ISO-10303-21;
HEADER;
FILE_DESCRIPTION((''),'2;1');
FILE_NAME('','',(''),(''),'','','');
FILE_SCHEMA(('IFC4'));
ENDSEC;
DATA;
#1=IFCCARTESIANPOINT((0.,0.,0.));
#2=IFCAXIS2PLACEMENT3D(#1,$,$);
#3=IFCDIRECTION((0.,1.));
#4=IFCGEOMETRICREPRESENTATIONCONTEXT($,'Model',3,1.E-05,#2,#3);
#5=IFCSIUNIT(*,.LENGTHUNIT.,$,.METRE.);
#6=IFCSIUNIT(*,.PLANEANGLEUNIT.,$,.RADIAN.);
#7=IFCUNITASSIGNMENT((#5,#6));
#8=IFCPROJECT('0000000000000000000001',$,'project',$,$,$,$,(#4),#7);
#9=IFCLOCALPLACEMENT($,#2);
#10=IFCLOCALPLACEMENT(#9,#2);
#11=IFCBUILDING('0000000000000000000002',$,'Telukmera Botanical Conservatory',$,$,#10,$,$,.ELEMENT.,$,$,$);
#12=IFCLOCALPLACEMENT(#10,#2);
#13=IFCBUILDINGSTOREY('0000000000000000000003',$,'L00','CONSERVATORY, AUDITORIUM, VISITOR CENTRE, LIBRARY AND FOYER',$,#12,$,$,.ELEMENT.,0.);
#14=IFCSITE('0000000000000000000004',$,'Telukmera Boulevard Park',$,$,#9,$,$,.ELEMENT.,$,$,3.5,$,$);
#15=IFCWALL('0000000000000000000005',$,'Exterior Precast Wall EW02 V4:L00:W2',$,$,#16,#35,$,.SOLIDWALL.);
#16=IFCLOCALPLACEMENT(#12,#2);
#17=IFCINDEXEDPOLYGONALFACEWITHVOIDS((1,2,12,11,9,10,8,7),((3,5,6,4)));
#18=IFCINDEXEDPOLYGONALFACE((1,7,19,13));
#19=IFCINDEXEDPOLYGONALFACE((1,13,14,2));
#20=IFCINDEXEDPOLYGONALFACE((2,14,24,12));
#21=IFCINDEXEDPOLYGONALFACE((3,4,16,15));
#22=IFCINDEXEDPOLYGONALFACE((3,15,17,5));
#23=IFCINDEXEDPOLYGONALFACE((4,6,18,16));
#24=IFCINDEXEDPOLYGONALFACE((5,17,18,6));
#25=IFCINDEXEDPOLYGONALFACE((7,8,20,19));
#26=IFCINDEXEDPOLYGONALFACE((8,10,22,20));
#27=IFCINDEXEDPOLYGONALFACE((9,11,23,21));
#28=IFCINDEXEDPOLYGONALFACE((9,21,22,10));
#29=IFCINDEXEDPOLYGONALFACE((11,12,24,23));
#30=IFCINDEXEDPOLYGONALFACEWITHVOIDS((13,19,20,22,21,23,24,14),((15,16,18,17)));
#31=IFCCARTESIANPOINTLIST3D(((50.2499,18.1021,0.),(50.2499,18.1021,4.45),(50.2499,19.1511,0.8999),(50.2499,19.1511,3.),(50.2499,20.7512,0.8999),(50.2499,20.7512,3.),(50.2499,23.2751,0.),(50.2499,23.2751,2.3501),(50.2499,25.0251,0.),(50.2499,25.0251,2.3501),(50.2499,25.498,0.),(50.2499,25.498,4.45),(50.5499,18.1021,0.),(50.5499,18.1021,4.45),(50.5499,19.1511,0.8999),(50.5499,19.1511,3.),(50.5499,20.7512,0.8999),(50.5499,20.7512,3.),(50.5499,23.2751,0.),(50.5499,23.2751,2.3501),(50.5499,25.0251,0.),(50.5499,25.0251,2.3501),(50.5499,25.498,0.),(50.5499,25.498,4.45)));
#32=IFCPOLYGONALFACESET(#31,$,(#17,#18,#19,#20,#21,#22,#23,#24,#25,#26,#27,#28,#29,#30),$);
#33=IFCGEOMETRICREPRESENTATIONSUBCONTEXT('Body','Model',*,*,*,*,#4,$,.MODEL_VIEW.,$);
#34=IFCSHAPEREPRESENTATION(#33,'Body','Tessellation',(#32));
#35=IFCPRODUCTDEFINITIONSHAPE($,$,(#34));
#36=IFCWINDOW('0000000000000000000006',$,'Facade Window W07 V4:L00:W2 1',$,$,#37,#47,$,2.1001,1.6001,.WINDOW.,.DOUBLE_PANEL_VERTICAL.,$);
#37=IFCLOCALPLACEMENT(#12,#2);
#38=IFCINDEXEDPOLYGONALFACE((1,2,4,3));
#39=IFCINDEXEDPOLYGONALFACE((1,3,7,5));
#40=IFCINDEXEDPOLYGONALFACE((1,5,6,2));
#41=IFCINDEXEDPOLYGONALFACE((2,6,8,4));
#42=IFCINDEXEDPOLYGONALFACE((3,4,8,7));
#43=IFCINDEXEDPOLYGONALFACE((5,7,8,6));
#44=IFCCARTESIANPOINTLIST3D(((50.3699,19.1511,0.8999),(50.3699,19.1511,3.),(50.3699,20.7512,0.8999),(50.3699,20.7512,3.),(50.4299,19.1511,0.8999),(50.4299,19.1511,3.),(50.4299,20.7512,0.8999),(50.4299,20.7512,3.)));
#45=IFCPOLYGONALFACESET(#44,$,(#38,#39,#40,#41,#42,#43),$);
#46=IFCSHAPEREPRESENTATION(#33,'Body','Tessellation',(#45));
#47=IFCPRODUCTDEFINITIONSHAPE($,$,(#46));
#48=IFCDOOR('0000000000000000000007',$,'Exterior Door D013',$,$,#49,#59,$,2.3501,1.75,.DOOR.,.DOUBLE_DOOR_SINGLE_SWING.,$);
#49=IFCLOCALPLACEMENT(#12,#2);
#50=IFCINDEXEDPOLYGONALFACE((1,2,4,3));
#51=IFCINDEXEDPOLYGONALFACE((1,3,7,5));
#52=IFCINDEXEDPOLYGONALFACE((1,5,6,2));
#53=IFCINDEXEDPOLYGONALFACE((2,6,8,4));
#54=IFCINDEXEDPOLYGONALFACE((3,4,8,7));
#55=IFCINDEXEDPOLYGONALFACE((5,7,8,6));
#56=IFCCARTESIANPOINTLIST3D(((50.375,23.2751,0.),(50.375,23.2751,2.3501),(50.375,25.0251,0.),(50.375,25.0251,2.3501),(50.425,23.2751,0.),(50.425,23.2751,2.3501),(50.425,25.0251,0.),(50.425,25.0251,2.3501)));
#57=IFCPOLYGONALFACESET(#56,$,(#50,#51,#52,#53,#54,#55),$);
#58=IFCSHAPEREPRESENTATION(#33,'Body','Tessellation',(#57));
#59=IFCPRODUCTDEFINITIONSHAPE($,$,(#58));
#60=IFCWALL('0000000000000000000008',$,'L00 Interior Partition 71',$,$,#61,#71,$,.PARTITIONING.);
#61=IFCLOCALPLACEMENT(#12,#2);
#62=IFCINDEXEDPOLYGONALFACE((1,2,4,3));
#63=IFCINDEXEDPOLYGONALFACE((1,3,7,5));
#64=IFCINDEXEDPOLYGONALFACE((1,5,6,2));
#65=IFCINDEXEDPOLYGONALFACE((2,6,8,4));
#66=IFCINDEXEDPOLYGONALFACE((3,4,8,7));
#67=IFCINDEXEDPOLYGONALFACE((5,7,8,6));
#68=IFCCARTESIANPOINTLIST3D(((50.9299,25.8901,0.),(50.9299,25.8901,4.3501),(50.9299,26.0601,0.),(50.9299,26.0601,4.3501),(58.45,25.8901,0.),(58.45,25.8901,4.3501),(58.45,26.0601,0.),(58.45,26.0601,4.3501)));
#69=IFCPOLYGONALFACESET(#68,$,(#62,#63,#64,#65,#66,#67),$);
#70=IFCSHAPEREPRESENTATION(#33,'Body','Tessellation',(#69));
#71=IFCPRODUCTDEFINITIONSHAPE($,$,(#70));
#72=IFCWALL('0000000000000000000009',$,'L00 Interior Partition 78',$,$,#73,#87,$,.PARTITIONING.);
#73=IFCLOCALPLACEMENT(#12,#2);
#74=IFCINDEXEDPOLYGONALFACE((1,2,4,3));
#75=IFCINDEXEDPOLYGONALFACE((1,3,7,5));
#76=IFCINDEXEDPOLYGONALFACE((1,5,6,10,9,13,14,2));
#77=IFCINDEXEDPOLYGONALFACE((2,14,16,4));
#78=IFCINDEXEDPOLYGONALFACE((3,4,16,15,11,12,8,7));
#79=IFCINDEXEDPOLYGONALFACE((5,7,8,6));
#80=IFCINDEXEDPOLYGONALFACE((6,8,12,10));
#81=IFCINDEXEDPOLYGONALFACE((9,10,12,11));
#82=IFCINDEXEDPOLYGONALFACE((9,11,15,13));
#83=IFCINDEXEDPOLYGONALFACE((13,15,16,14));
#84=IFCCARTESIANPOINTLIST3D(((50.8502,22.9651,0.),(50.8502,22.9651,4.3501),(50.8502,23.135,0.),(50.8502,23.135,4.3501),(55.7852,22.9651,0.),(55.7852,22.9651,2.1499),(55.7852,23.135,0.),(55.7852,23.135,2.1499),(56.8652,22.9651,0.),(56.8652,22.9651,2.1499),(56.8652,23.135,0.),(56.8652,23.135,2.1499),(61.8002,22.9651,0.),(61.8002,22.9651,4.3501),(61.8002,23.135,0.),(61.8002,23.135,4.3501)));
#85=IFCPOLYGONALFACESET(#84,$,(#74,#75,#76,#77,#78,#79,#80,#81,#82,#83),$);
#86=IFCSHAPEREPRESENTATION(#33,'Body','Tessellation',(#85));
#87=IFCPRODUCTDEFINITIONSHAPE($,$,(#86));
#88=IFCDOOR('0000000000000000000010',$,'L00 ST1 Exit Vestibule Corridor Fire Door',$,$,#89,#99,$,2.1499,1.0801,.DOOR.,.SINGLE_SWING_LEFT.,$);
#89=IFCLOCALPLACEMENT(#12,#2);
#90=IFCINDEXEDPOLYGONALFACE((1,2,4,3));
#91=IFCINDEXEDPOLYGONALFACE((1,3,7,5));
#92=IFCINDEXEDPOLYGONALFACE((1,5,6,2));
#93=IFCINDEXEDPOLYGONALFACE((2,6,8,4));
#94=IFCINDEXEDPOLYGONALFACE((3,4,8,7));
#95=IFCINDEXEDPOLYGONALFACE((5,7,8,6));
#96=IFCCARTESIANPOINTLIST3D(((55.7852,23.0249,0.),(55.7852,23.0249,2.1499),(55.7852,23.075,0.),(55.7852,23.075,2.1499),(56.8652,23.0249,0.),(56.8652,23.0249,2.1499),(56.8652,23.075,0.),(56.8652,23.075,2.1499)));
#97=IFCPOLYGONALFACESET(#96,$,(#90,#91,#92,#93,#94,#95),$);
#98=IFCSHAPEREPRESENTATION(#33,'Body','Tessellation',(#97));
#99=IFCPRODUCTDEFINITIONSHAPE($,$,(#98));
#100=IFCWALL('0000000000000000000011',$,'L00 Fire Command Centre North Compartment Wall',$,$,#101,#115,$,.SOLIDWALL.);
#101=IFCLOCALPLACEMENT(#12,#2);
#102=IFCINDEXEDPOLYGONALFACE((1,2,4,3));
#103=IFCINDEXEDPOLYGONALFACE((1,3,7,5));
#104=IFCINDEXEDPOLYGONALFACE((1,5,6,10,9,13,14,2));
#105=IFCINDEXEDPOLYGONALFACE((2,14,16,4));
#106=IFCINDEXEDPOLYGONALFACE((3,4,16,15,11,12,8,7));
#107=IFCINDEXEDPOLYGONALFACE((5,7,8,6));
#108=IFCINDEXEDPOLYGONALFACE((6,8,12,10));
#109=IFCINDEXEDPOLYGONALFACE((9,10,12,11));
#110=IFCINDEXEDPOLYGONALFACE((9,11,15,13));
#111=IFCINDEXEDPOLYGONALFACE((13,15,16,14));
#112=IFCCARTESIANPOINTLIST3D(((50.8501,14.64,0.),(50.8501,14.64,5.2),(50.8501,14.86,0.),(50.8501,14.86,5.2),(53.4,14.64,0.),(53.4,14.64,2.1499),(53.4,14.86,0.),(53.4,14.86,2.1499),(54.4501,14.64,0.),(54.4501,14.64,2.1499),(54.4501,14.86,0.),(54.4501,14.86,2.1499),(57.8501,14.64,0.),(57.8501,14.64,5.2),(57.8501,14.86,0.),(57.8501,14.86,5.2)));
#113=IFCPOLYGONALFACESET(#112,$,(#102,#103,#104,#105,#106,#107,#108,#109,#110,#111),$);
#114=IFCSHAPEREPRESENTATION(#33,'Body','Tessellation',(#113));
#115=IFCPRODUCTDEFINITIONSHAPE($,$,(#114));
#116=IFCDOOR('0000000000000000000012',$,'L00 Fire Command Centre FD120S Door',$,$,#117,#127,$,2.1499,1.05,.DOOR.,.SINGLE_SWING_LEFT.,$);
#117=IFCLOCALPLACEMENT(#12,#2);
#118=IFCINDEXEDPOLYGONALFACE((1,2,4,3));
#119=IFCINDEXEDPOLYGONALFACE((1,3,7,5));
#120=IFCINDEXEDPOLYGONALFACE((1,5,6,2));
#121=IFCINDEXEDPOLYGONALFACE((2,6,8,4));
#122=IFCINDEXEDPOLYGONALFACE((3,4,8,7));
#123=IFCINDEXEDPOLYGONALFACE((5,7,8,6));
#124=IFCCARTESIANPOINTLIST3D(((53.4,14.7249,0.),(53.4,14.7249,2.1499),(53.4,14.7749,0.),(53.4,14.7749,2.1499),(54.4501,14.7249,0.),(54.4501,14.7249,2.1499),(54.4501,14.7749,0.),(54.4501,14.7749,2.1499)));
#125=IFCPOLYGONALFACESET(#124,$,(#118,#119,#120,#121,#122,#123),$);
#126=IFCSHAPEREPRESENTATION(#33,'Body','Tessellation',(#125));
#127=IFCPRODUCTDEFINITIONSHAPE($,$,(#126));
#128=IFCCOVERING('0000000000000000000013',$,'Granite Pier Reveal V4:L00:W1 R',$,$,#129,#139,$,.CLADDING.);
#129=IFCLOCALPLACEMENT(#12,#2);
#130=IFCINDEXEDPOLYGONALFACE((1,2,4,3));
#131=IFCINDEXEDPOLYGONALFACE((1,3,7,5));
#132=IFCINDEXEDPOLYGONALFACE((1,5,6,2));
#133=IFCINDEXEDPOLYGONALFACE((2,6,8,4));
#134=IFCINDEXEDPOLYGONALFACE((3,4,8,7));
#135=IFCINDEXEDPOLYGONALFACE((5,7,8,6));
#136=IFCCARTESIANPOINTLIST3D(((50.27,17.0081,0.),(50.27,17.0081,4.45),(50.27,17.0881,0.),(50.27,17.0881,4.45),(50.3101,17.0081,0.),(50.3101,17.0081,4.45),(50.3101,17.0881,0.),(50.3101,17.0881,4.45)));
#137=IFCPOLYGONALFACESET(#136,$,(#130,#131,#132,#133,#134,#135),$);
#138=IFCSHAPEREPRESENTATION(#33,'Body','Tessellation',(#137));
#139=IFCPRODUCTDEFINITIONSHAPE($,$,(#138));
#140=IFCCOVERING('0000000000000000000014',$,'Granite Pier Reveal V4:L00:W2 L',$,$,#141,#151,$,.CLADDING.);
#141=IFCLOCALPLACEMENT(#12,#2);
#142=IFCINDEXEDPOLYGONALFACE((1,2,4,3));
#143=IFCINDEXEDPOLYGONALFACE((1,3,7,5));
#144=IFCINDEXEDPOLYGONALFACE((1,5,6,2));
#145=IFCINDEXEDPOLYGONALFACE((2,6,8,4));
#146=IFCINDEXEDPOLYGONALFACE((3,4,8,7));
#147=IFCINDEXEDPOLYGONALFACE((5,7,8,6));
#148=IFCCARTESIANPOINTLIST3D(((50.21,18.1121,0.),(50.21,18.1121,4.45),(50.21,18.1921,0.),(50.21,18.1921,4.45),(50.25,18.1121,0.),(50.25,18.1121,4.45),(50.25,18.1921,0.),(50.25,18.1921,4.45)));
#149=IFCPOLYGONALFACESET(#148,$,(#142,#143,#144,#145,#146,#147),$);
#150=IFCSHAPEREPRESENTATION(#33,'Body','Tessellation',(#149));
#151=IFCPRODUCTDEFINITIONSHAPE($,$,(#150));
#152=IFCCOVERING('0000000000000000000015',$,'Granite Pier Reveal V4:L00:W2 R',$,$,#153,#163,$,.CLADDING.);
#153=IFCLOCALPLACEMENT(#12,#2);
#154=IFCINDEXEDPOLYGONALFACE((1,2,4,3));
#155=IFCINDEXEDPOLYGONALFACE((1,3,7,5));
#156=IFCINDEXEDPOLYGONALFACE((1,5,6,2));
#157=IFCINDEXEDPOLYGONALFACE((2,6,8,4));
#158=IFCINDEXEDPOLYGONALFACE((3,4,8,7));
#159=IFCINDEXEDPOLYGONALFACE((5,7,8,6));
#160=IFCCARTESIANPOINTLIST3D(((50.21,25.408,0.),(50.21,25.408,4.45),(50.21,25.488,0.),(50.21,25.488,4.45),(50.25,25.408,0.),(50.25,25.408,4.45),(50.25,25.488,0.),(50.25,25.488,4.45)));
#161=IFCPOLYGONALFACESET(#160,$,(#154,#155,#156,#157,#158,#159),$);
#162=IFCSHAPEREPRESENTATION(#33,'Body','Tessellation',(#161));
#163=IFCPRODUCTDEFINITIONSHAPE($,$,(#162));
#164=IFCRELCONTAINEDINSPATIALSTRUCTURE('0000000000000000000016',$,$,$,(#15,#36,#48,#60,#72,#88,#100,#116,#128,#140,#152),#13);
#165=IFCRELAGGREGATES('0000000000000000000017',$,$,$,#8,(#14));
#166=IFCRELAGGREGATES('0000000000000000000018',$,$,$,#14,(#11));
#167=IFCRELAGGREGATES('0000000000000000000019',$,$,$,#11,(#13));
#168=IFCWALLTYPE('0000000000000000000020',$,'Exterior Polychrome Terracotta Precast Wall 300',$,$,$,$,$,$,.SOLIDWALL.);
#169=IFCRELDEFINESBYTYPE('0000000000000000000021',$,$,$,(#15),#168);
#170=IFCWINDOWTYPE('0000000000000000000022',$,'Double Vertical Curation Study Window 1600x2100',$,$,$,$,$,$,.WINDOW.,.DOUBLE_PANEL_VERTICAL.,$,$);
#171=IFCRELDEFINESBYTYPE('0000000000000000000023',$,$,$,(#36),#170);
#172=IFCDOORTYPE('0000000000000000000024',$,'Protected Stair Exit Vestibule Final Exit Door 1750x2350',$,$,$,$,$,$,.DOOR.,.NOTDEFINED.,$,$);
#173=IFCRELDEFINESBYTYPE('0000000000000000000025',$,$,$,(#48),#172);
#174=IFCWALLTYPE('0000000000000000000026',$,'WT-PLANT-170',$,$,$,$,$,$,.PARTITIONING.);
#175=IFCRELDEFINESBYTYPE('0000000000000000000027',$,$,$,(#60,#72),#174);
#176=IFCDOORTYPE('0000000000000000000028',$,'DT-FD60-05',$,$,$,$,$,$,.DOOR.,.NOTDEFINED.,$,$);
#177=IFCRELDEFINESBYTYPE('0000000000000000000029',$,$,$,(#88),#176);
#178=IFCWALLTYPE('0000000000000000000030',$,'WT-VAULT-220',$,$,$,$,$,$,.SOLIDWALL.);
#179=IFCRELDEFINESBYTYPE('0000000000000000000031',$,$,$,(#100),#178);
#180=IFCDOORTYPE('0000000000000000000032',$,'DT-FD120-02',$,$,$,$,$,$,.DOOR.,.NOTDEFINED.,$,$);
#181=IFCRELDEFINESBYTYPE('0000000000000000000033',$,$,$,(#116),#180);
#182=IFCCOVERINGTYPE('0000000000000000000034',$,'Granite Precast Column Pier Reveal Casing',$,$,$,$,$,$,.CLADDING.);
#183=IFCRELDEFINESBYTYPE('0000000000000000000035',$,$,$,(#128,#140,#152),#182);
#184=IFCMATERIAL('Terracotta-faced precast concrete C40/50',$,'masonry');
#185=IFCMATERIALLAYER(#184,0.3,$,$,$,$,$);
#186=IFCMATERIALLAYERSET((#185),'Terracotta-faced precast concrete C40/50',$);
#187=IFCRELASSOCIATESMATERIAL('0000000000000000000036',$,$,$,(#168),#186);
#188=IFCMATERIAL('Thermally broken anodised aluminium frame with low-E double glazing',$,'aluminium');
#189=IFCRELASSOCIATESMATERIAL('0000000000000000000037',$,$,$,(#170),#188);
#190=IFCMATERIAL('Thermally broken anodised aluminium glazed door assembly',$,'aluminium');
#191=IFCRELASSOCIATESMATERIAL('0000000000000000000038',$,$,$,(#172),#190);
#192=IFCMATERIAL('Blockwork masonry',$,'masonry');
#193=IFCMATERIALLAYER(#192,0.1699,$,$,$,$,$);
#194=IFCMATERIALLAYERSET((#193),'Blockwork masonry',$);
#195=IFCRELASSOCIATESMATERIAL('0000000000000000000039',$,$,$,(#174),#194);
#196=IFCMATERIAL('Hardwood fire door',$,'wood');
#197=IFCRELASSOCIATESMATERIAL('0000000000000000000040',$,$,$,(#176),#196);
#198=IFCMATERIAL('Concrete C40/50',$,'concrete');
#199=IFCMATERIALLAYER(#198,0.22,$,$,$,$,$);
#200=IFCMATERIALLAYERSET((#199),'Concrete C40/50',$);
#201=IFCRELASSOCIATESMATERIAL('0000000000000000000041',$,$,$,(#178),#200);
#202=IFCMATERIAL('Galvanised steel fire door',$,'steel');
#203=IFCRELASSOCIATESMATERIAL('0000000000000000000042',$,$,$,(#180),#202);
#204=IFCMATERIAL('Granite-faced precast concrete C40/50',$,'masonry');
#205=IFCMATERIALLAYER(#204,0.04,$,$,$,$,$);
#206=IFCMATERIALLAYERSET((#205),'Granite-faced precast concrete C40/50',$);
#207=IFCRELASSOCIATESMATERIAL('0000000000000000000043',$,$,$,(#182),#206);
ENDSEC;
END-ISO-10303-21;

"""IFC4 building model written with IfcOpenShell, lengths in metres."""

from ifc_helpers import new_model, si_unit, direction, frame, frame_2d, origin, origin_2d, place, context, subcontext, project, spatial, rectangle, extrude, material, layer, layer_set, type_object, element, fill, save


model = new_model("IFC4")

# Units and contexts
model_context = context("Model", 3, precision=1e-05, world=origin(), true_north=direction((0.0, 1.0)))
body_context = subcontext(model_context, "Body", "Model", "MODEL_VIEW")
ifc_project = project(units=[si_unit("LENGTHUNIT", "METRE"), si_unit("PLANEANGLEUNIT", "RADIAN")], contexts=[model_context])

# Site, building, storey
site_placement = place(None, origin())
site = spatial("IfcSite", under=ifc_project, at=site_placement, Name="Telukmera Boulevard Park", CompositionType="ELEMENT", RefElevation=3.5)
building_placement = place(site_placement, origin())
building = spatial("IfcBuilding", under=site, at=building_placement, Name="Telukmera Botanical Conservatory", CompositionType="ELEMENT")
storey_placement = place(building_placement, origin())
storey = spatial("IfcBuildingStorey", under=building, at=storey_placement, Name="L00", Description="CONSERVATORY, AUDITORIUM, VISITOR CENTRE, LIBRARY AND FOYER", CompositionType="ELEMENT", Elevation=0.0)

# Shared definitions
ifc_material_1 = material(Name="Concrete C40/50", Category="concrete")

# Wall, openings, window, door
ifc_material_2 = material(Name="Terracotta-faced precast concrete C40/50", Category="masonry")
ifc_layer_1 = layer(ifc_material_2, 0.3)
ifc_layer_set_1 = layer_set([ifc_layer_1], Name="Terracotta-faced precast concrete C40/50")
wall_type_1 = type_object("IfcWallType", Name="Exterior Polychrome Terracotta Precast Wall 300", PredefinedType="SOLIDWALL", material=ifc_layer_set_1)
wall_1_placement = place(storey_placement, frame((50.3999, 18.1021, 0.0), z_axis=(0.0, 0.0, 1.0), x_axis=(0.0, 1.0, 0.0)))
wall_1 = element("IfcWall", 1, at=wall_1_placement, inside=storey, type_object=wall_type_1, Name="Exterior Precast Wall EW02 V4:L00:W2", PredefinedType="SOLIDWALL", context=body_context, shape_type="SweptSolid", body=[
    extrude(rectangle(XDim=7.396, YDim=0.3, at=frame_2d((3.698, 0.0))), origin(), (0.0, 0.0, 1.0), 4.45),
])
opening_1_placement = place(wall_1_placement, frame((5.1731, 0.0, 0.0)))
opening_1 = element("IfcOpeningElement", 2, at=opening_1_placement, cuts=wall_1, PredefinedType="OPENING", context=body_context, shape_type="SweptSolid", body=[
    extrude(rectangle(XDim=1.75, YDim=2.3501, at=frame_2d((0.875, 1.175))), frame((0.0, 0.1599, 0.0), z_axis=(0.0, -1.0, 0.0), x_axis=(1.0, 0.0, 0.0)), (0.0, 0.0, 1.0), 0.3201),
])
opening_2_placement = place(wall_1_placement, frame((1.0491, 0.0, 0.8999)))
opening_2 = element("IfcOpeningElement", 3, at=opening_2_placement, cuts=wall_1, PredefinedType="OPENING", context=body_context, shape_type="SweptSolid", body=[
    extrude(rectangle(XDim=1.6001, YDim=2.1001, at=frame_2d((0.8, 1.05))), frame((0.0, 0.1599, 0.0), z_axis=(0.0, -1.0, 0.0), x_axis=(1.0, 0.0, 0.0)), (0.0, 0.0, 1.0), 0.3201),
])
ifc_material_3 = material(Name="Thermally broken anodised aluminium frame with low-E double glazing", Category="aluminium")
window_type = type_object("IfcWindowType", Name="Double Vertical Curation Study Window 1600x2100", PartitioningType="DOUBLE_PANEL_VERTICAL", PredefinedType="WINDOW", material=ifc_material_3)
window_placement = place(opening_2_placement, origin())
window = element("IfcWindow", 4, at=window_placement, inside=storey, type_object=window_type, Name="Facade Window W07 V4:L00:W2 1", OverallHeight=2.1001, OverallWidth=1.6001, PartitioningType="DOUBLE_PANEL_VERTICAL", PredefinedType="WINDOW", context=body_context, shape_type="SweptSolid", body=[
    extrude(rectangle(XDim=1.6001, YDim=2.1001, at=frame_2d((0.8, 1.05))), frame((0.0, 0.03, 0.0), z_axis=(0.0, -1.0, 0.0), x_axis=(1.0, 0.0, 0.0)), (0.0, 0.0, 1.0), 0.0601),
])
fill(opening_2, window)
ifc_material_4 = material(Name="Thermally broken anodised aluminium glazed door assembly", Category="aluminium")
door_type_1 = type_object("IfcDoorType", Name="Protected Stair Exit Vestibule Final Exit Door 1750x2350", OperationType="NOTDEFINED", PredefinedType="DOOR", material=ifc_material_4)
door_1_placement = place(opening_1_placement, origin())
door_1 = element("IfcDoor", 5, at=door_1_placement, inside=storey, type_object=door_type_1, Name="Exterior Door D013", OperationType="DOUBLE_DOOR_SINGLE_SWING", OverallHeight=2.3501, OverallWidth=1.75, PredefinedType="DOOR", context=body_context, shape_type="SweptSolid", body=[
    extrude(rectangle(XDim=1.75, YDim=2.3501, at=frame_2d((0.875, 1.175))), frame((0.0, 0.0249, 0.0), z_axis=(0.0, -1.0, 0.0), x_axis=(1.0, 0.0, 0.0)), (0.0, 0.0, 1.0), 0.05),
])
fill(opening_1, door_1)

# Wall
ifc_material_5 = material(Name="Blockwork masonry", Category="masonry")
ifc_layer_2 = layer(ifc_material_5, 0.1699)
ifc_layer_set_2 = layer_set([ifc_layer_2], Name="Blockwork masonry")
wall_type_2 = type_object("IfcWallType", Name="WT-PLANT-170", PredefinedType="PARTITIONING", material=ifc_layer_set_2)
wall_2_placement = place(storey_placement, frame((50.9299, 25.9751, 0.0), z_axis=(0.0, 0.0, 1.0), x_axis=(1.0, 0.0, 0.0)))
element("IfcWall", 6, at=wall_2_placement, inside=storey, type_object=wall_type_2, Name="L00 Interior Partition 71", PredefinedType="PARTITIONING", context=body_context, shape_type="SweptSolid", body=[
    extrude(rectangle(XDim=7.52, YDim=0.1699, at=frame_2d((3.76, 0.0))), origin(), (0.0, 0.0, 1.0), 4.3501),
])

# Walls, openings, doors
wall_3_placement = place(storey_placement, frame((50.8501, 23.05, 0.0), z_axis=(0.0, 0.0, 1.0), x_axis=(1.0, 0.0, 0.0)))
wall_3 = element("IfcWall", 7, at=wall_3_placement, inside=storey, type_object=wall_type_2, Name="L00 Interior Partition 78", PredefinedType="PARTITIONING", context=body_context, shape_type="SweptSolid", body=[
    extrude(rectangle(XDim=10.95, YDim=0.1699, at=frame_2d((5.4751, 0.0))), origin(), (0.0, 0.0, 1.0), 4.3501),
])
opening_3_placement = place(wall_3_placement, frame((4.9351, 0.0, 0.0)))
opening_3 = element("IfcOpeningElement", 8, at=opening_3_placement, cuts=wall_3, PredefinedType="OPENING", context=body_context, shape_type="SweptSolid", body=[
    extrude(rectangle(XDim=1.0801, YDim=2.1499, at=frame_2d((0.54, 1.075))), frame((0.0, 0.095, 0.0), z_axis=(0.0, -1.0, 0.0), x_axis=(1.0, 0.0, 0.0)), (0.0, 0.0, 1.0), 0.1899),
])
ifc_material_6 = material(Name="Hardwood fire door", Category="wood")
door_type_2 = type_object("IfcDoorType", Name="DT-FD60-05", OperationType="NOTDEFINED", PredefinedType="DOOR", material=ifc_material_6)
door_2_placement = place(opening_3_placement, origin())
door_2 = element("IfcDoor", 9, at=door_2_placement, inside=storey, type_object=door_type_2, Name="L00 ST1 Exit Vestibule Corridor Fire Door", OperationType="SINGLE_SWING_LEFT", OverallHeight=2.1499, OverallWidth=1.0801, PredefinedType="DOOR", context=body_context, shape_type="SweptSolid", body=[
    extrude(rectangle(XDim=1.0801, YDim=2.1499, at=frame_2d((0.54, 1.075))), frame((0.0, 0.0249, 0.0), z_axis=(0.0, -1.0, 0.0), x_axis=(1.0, 0.0, 0.0)), (0.0, 0.0, 1.0), 0.05),
])
fill(opening_3, door_2)
ifc_layer_3 = layer(ifc_material_1, 0.22)
ifc_layer_set_3 = layer_set([ifc_layer_3], Name="Concrete C40/50")
wall_type_3 = type_object("IfcWallType", Name="WT-VAULT-220", PredefinedType="SOLIDWALL", material=ifc_layer_set_3)
wall_4_placement = place(storey_placement, frame((50.8501, 14.75, 0.0), z_axis=(0.0, 0.0, 1.0), x_axis=(1.0, 0.0, 0.0)))
wall_4 = element("IfcWall", 10, at=wall_4_placement, inside=storey, type_object=wall_type_3, Name="L00 Fire Command Centre North Compartment Wall", PredefinedType="SOLIDWALL", context=body_context, shape_type="SweptSolid", body=[
    extrude(rectangle(XDim=7.0, YDim=0.22, at=frame_2d((3.5, 0.0))), origin(), (0.0, 0.0, 1.0), 5.2),
])
opening_4_placement = place(wall_4_placement, frame((2.55, 0.0, 0.0)))
opening_4 = element("IfcOpeningElement", 11, at=opening_4_placement, cuts=wall_4, PredefinedType="OPENING", context=body_context, shape_type="SweptSolid", body=[
    extrude(rectangle(XDim=1.05, YDim=2.1499, at=frame_2d((0.5249, 1.075))), frame((0.0, 0.1199, 0.0), z_axis=(0.0, -1.0, 0.0), x_axis=(1.0, 0.0, 0.0)), (0.0, 0.0, 1.0), 0.24),
])
ifc_material_7 = material(Name="Galvanised steel fire door", Category="steel")
door_type_3 = type_object("IfcDoorType", Name="DT-FD120-02", OperationType="NOTDEFINED", PredefinedType="DOOR", material=ifc_material_7)
door_3_placement = place(opening_4_placement, origin())
door_3 = element("IfcDoor", 12, at=door_3_placement, inside=storey, type_object=door_type_3, Name="L00 Fire Command Centre FD120S Door", OperationType="SINGLE_SWING_LEFT", OverallHeight=2.1499, OverallWidth=1.05, PredefinedType="DOOR", context=body_context, shape_type="SweptSolid", body=[
    extrude(rectangle(XDim=1.05, YDim=2.1499, at=frame_2d((0.5249, 1.075))), frame((0.0, 0.0249, 0.0), z_axis=(0.0, -1.0, 0.0), x_axis=(1.0, 0.0, 0.0)), (0.0, 0.0, 1.0), 0.05),
])
fill(opening_4, door_3)

# Coverings
ifc_material_8 = material(Name="Granite-faced precast concrete C40/50", Category="masonry")
ifc_layer_4 = layer(ifc_material_8, 0.04)
ifc_layer_set_4 = layer_set([ifc_layer_4], Name="Granite-faced precast concrete C40/50")
covering_type_1 = type_object("IfcCoveringType", Name="Granite Precast Column Pier Reveal Casing", PredefinedType="CLADDING", material=ifc_layer_set_4)
for number, where, z_axis, x_axis, name in (
    (13, (50.29, 17.0481, 0.0), (0.0, 0.0, 1.0), (0.0, 1.0, 0.0), "Granite Pier Reveal V4:L00:W1 R"),
    (14, (50.23, 18.1521, 0.0), (0.0, 0.0, 1.0), (0.0, 1.0, 0.0), "Granite Pier Reveal V4:L00:W2 L"),
    (15, (50.23, 25.448, 0.0), (0.0, 0.0, 1.0), (0.0, 1.0, 0.0), "Granite Pier Reveal V4:L00:W2 R"),
):
    element("IfcCovering", number, at=place(storey_placement, frame(where, z_axis=z_axis, x_axis=x_axis)), inside=storey, type_object=covering_type_1, Name=name, PredefinedType="CLADDING", context=body_context, shape_type="SweptSolid", body=[
        extrude(rectangle(XDim=0.0801, YDim=0.04, at=origin_2d()), origin(), (0.0, 0.0, 1.0), 4.45),
    ])

save(model, "model.ifc")
